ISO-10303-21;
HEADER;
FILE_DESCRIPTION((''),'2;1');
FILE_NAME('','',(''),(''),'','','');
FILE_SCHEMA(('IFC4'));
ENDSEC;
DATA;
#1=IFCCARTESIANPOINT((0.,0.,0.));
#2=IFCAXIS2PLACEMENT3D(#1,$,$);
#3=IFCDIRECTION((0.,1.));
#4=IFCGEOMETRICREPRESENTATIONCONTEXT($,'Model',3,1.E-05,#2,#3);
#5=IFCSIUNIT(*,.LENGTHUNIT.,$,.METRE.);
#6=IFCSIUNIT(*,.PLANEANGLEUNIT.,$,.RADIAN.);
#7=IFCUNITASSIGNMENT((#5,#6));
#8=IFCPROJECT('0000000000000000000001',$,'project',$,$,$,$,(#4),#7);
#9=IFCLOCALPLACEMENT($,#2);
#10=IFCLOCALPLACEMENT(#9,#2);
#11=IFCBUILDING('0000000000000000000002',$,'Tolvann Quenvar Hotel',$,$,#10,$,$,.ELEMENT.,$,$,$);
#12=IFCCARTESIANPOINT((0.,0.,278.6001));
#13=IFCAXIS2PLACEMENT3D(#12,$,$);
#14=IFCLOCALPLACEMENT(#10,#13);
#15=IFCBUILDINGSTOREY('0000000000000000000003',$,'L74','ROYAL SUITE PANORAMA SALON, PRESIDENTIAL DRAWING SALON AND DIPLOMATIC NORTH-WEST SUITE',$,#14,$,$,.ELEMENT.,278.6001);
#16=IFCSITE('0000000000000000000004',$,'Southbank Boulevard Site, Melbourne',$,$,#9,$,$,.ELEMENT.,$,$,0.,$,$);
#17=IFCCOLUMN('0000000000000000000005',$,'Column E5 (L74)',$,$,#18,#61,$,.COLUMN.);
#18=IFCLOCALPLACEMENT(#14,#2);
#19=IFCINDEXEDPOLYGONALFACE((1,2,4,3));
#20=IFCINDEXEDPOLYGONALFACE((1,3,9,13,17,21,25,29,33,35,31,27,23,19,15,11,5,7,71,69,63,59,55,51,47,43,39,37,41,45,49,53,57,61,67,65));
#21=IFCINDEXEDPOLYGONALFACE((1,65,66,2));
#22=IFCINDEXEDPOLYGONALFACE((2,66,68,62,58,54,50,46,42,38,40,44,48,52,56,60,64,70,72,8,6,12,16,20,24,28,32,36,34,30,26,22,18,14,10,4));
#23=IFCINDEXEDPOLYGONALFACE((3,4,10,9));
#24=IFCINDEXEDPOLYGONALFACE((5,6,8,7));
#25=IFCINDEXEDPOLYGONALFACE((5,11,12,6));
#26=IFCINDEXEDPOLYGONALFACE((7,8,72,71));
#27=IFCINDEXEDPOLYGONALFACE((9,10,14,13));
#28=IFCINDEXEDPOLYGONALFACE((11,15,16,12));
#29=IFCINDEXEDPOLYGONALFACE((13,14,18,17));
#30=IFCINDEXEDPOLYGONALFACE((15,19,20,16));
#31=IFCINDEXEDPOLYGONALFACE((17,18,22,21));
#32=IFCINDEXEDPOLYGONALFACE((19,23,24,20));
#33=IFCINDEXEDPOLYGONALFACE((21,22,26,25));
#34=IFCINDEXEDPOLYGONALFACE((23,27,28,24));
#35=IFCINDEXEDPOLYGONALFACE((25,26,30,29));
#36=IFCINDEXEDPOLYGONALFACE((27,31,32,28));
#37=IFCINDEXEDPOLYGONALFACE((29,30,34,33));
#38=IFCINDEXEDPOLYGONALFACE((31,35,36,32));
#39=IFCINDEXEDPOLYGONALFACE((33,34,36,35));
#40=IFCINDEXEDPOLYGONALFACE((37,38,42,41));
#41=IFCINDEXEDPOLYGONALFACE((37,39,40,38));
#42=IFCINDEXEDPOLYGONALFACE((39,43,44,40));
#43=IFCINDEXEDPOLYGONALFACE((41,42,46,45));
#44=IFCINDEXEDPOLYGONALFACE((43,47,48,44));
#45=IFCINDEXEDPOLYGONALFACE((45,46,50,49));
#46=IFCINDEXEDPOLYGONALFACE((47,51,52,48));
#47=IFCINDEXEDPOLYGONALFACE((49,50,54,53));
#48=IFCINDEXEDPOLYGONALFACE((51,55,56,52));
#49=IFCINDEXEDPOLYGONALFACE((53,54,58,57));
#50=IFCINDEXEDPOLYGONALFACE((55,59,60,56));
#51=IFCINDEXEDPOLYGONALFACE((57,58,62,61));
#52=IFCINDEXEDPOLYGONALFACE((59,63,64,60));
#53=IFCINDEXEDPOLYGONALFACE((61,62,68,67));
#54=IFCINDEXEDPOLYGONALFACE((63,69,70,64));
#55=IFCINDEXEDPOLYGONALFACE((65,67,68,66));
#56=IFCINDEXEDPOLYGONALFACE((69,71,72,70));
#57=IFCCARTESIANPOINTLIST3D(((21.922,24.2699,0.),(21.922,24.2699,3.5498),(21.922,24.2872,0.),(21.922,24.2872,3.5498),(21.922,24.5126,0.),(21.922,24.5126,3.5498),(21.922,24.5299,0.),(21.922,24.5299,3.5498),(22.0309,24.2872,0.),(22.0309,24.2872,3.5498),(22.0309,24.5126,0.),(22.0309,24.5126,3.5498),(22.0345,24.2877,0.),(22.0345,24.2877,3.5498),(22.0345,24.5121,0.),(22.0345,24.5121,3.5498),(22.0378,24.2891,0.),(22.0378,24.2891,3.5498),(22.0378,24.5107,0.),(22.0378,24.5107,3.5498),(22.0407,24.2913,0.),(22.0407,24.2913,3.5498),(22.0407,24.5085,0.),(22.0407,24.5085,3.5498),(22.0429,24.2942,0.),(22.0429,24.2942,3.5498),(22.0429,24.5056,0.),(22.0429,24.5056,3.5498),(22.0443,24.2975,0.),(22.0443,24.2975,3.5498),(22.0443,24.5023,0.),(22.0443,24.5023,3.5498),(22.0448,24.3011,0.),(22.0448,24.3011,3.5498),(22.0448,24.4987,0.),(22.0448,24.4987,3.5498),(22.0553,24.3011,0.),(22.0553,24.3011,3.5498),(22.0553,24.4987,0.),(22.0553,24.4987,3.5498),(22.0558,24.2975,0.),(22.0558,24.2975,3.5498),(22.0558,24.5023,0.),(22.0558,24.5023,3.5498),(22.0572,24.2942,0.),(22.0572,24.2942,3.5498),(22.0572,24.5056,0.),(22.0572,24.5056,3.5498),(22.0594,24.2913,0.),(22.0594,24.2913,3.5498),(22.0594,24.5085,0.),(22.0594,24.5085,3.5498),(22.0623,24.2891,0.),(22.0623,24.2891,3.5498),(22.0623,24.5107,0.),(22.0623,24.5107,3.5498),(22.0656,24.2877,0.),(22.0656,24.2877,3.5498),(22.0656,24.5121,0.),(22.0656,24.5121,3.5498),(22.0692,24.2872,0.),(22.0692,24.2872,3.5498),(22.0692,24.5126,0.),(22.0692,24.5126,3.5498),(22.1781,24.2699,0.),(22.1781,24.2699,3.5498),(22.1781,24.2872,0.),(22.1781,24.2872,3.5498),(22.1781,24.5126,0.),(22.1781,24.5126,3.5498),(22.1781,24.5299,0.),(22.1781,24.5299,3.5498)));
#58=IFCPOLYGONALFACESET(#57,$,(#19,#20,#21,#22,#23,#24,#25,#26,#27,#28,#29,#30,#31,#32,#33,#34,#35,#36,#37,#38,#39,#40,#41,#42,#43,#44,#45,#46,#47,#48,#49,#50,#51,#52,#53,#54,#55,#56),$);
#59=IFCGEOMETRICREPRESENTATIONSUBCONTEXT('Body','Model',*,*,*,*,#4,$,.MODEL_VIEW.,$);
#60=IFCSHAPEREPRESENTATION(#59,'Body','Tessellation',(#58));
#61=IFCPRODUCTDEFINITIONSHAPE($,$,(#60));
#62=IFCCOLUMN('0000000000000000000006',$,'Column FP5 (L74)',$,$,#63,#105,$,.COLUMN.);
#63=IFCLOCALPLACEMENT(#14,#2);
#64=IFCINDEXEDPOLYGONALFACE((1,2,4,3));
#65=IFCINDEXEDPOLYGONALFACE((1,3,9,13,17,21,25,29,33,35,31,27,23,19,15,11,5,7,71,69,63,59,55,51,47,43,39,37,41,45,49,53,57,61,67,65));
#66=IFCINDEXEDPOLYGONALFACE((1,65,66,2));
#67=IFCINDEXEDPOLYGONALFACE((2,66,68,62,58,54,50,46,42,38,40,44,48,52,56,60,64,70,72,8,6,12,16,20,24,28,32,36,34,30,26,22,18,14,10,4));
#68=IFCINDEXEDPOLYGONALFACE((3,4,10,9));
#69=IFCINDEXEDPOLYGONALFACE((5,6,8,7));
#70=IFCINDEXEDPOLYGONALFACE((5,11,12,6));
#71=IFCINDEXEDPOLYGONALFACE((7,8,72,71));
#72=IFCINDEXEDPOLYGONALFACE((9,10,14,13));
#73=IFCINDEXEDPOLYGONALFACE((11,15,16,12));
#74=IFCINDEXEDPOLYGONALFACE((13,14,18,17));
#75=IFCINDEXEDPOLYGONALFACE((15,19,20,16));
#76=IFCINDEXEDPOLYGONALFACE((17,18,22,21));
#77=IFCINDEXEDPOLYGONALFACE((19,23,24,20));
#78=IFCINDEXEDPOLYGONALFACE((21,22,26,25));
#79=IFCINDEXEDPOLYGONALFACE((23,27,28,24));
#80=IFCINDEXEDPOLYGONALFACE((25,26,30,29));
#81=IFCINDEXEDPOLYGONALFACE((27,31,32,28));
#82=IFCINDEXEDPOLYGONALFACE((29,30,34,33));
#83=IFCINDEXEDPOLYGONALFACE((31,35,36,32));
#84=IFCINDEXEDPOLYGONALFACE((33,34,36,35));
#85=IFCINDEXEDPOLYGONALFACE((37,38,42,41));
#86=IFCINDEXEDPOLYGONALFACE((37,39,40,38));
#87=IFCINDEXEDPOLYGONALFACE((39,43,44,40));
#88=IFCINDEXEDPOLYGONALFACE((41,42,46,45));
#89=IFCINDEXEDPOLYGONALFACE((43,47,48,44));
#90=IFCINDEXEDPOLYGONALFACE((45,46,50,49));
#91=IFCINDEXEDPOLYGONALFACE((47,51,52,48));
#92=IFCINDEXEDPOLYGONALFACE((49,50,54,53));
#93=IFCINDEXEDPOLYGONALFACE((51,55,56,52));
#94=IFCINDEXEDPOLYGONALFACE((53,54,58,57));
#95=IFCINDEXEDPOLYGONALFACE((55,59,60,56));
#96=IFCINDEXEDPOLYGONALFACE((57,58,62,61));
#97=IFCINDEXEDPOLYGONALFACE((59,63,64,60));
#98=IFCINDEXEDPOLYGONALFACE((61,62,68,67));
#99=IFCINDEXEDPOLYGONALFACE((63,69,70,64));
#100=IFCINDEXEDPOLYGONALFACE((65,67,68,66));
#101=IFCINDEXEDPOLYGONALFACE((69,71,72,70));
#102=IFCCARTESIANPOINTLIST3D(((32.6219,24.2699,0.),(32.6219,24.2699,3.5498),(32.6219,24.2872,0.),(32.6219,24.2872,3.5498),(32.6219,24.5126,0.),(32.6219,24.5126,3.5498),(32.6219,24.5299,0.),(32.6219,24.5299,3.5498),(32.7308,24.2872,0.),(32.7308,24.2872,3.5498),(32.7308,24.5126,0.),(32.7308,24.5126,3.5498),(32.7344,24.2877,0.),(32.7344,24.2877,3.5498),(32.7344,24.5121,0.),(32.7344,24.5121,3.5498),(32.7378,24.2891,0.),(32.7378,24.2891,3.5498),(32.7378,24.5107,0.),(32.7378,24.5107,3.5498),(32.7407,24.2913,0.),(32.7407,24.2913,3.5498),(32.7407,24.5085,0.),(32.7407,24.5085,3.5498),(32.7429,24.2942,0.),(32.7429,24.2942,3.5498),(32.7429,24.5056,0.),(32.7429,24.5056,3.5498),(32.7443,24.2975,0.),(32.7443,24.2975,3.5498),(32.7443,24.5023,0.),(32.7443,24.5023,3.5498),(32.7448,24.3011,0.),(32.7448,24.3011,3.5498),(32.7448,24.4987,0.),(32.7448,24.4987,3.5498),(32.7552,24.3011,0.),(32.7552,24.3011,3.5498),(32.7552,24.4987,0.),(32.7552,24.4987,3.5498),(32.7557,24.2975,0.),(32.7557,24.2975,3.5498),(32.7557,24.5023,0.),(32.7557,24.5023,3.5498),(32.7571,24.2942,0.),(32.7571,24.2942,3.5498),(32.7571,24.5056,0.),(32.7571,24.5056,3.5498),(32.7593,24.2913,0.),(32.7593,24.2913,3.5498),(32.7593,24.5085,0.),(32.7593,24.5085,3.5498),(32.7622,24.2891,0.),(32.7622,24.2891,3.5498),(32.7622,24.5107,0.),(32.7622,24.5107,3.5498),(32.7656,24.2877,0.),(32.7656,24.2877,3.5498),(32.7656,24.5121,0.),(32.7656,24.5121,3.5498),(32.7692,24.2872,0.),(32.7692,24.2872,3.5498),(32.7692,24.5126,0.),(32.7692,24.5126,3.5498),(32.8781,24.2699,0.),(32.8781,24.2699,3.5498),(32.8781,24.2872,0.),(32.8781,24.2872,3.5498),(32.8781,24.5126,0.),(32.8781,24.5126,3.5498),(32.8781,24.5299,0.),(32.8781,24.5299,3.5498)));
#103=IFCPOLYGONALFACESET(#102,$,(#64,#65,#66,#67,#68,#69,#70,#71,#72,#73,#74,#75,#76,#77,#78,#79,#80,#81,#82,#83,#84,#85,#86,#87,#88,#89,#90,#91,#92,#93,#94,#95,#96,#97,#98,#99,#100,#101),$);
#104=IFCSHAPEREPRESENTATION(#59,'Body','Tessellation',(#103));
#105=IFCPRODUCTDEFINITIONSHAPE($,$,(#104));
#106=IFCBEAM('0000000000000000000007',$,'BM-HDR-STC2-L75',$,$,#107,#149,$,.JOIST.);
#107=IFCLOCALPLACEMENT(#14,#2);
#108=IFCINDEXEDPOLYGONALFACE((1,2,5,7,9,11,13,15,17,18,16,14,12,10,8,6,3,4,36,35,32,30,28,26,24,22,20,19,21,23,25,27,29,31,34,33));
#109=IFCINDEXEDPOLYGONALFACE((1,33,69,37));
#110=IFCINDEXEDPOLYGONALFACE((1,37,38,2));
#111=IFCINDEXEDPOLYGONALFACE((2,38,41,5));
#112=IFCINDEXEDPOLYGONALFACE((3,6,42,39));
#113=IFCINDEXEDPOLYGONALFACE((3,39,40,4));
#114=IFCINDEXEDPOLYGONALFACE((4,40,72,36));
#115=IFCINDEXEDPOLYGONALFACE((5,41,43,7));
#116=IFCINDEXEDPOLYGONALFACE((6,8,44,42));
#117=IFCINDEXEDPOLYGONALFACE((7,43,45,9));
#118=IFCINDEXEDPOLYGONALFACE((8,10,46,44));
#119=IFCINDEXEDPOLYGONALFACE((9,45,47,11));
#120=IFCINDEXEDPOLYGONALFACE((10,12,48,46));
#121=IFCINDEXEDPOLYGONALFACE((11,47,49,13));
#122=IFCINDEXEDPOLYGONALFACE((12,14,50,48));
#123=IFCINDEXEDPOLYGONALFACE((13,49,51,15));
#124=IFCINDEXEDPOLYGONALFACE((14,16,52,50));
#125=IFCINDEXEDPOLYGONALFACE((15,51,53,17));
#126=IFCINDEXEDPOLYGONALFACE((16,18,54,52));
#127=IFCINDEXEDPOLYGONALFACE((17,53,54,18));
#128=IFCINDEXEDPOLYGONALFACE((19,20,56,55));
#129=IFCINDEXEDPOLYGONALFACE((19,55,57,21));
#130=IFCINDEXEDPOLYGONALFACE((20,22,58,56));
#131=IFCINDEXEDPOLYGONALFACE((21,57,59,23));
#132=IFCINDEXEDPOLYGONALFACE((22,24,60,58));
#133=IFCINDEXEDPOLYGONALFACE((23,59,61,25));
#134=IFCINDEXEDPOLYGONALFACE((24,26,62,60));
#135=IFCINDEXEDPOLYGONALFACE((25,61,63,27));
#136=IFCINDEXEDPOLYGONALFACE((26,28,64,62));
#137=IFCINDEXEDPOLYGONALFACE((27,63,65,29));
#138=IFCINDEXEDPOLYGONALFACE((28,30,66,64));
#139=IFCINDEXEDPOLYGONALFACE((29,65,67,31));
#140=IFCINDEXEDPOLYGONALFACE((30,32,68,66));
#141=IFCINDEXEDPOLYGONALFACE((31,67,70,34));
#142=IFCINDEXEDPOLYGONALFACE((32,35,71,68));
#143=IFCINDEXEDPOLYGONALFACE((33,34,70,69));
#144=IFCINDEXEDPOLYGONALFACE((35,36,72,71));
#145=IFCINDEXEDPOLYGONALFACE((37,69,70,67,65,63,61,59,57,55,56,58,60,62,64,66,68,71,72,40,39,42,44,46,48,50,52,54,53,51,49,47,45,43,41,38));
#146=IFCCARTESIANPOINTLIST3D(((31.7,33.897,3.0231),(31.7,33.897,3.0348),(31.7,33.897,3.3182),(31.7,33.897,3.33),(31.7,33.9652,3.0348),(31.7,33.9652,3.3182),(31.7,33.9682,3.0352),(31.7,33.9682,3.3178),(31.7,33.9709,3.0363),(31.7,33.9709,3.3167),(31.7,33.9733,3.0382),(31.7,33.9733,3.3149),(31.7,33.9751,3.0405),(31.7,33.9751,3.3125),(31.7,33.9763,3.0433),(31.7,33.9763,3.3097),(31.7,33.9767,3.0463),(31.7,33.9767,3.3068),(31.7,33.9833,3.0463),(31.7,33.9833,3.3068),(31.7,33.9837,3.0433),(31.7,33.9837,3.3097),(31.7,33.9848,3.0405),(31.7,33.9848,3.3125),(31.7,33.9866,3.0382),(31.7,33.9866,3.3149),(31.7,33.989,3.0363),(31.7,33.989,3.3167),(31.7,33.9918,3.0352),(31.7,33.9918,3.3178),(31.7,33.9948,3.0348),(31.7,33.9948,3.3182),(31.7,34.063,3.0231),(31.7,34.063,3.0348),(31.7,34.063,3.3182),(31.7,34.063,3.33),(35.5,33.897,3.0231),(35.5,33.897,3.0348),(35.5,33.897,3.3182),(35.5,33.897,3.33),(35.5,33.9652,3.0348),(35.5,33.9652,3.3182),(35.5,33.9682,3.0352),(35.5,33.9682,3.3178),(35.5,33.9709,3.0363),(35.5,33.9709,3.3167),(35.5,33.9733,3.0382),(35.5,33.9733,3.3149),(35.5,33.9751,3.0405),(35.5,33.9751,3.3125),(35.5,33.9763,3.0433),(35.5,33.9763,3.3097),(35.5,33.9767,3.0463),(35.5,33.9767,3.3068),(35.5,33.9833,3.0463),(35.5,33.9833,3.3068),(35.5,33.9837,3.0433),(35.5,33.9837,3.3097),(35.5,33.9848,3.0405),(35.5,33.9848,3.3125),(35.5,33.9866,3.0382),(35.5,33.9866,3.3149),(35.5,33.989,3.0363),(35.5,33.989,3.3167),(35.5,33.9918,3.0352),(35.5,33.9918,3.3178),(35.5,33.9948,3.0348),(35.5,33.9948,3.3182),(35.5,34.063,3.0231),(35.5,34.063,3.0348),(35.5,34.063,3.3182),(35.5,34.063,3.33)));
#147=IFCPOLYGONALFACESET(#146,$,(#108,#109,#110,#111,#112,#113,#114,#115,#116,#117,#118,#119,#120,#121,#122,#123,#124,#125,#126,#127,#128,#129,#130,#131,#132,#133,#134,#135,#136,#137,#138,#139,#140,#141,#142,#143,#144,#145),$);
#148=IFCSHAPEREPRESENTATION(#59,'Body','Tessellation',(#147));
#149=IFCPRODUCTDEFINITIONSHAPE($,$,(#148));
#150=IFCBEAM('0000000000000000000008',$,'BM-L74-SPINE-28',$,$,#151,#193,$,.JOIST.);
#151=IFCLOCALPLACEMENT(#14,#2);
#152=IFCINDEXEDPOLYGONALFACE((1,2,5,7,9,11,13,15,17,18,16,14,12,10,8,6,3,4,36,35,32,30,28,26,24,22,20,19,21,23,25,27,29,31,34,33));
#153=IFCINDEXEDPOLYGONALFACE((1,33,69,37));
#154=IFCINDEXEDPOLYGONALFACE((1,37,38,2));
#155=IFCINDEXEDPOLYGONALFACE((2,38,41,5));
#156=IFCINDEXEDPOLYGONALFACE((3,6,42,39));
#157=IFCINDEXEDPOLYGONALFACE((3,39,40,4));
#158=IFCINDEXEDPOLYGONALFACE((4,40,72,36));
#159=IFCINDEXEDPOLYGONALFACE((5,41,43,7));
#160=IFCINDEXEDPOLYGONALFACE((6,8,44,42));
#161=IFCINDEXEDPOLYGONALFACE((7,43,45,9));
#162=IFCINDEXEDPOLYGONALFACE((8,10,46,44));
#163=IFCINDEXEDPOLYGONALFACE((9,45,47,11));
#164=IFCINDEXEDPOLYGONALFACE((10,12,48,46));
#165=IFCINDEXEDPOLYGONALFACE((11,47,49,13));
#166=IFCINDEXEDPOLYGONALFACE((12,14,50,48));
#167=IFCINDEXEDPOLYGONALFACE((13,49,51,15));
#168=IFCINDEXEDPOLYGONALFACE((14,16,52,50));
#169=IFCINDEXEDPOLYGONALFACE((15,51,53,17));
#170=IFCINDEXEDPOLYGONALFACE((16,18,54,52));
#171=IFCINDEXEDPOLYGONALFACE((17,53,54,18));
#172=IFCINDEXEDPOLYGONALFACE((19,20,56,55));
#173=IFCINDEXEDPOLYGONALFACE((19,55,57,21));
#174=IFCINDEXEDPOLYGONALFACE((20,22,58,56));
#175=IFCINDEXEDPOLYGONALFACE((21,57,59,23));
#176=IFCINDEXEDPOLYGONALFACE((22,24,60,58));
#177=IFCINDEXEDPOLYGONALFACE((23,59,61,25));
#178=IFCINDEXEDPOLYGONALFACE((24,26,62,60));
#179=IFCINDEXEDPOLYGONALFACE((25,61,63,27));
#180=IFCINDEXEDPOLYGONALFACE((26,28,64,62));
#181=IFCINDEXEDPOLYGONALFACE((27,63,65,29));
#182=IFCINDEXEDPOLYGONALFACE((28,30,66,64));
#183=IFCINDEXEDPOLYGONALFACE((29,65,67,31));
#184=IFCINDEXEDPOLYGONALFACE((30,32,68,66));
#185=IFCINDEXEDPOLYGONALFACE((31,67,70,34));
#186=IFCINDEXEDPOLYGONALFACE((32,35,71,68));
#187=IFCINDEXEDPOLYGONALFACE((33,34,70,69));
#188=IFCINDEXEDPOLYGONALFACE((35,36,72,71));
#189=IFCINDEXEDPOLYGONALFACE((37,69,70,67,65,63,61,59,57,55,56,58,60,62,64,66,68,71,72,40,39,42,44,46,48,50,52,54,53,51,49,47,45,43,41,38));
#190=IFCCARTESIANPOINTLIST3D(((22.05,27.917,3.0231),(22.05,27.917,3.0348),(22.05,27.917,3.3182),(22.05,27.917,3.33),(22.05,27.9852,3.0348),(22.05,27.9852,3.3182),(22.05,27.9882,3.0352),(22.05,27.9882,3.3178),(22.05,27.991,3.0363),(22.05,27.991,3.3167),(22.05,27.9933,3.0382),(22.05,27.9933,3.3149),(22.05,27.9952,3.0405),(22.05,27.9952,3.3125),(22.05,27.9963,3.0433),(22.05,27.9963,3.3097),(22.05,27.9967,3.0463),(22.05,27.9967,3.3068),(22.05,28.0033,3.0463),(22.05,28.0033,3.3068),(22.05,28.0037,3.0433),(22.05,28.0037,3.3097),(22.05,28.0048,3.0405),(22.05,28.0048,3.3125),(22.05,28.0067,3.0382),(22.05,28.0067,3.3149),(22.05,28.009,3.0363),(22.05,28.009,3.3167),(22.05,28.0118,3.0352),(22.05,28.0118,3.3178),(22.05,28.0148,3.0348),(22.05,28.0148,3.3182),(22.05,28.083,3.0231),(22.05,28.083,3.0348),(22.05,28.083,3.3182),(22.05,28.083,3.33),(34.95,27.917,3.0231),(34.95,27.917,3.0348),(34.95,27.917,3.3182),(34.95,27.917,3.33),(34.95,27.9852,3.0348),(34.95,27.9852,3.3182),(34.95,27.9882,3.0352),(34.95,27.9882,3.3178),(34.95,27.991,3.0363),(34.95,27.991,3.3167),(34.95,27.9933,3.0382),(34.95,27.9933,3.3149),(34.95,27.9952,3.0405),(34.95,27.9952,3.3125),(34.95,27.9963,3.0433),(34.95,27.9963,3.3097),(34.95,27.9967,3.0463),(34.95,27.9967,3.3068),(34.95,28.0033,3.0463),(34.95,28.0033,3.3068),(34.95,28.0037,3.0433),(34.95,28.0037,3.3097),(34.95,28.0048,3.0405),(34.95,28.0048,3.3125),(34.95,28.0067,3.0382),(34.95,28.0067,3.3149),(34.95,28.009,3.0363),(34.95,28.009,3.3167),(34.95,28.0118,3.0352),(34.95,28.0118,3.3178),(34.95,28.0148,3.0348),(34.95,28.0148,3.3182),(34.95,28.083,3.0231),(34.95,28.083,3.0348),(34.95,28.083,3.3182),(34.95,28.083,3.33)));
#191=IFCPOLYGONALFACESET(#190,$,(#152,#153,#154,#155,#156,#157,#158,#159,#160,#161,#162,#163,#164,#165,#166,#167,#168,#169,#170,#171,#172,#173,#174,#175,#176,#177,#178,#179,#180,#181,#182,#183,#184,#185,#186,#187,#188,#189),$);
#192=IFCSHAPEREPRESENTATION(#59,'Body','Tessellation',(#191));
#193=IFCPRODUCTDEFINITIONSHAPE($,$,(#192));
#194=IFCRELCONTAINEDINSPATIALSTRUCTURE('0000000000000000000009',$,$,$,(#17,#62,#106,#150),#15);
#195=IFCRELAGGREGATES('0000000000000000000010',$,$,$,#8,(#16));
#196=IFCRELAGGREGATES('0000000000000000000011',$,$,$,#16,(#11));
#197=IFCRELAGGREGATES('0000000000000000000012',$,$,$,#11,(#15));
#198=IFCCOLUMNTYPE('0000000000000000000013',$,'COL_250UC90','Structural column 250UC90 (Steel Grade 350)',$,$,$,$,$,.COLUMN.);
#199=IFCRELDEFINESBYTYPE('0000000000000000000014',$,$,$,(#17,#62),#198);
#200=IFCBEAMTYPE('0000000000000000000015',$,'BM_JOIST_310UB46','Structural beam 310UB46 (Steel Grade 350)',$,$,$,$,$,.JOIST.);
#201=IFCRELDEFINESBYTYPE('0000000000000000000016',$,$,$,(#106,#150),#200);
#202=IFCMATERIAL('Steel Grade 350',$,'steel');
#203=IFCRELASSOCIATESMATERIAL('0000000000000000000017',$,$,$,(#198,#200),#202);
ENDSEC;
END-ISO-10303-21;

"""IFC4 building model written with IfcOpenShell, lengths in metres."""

from ifc_helpers import new_model, si_unit, direction, frame, origin, origin_2d, place, context, subcontext, project, spatial, i_section, extrude, source, transform, mapped, material, material_profile, profile_set, type_object, type_shapes, element, save


model = new_model("IFC4")

# Units and contexts
model_context = context("Model", 3, precision=1e-05, world=origin(), true_north=direction((0.0, 1.0)))
body_context = subcontext(model_context, "Body", "Model", "MODEL_VIEW")
ifc_project = project(units=[si_unit("LENGTHUNIT", "METRE"), si_unit("PLANEANGLEUNIT", "RADIAN")], contexts=[model_context])

# Site, building, storey
site_placement = place(None, origin())
site = spatial("IfcSite", under=ifc_project, at=site_placement, Name="Southbank Boulevard Site, Melbourne", CompositionType="ELEMENT", RefElevation=0.0)
building_placement = place(site_placement, origin())
building = spatial("IfcBuilding", under=site, at=building_placement, Name="Tolvann Quenvar Hotel", CompositionType="ELEMENT")
storey_placement = place(building_placement, frame((0.0, 0.0, 278.6001)))
storey = spatial("IfcBuildingStorey", under=building, at=storey_placement, Name="L74", Description="ROYAL SUITE PANORAMA SALON, PRESIDENTIAL DRAWING SALON AND DIPLOMATIC NORTH-WEST SUITE", CompositionType="ELEMENT", Elevation=278.6001)

# Columns
ifc_material_1 = material(Name="Steel Grade 350", Category="steel")
ifc_material_profile_1 = material_profile(ifc_material_1, i_section(OverallWidth=0.2561, OverallDepth=0.26, WebThickness=0.0105, FlangeThickness=0.0173, FilletRadius=0.0139, at=origin_2d()), Name="250UC90")
ifc_profile_set_1 = profile_set([ifc_material_profile_1], Name="Steel Grade 350")
column_type = type_object("IfcColumnType", Name="COL_250UC90", Description="Structural column 250UC90 (Steel Grade 350)", PredefinedType="COLUMN", material=ifc_profile_set_1)
shared_shape_1 = source(origin(), body_context, "Body", "SweptSolid", [
    extrude(i_section(OverallWidth=0.2561, OverallDepth=0.26, WebThickness=0.0105, FlangeThickness=0.0173, FilletRadius=0.0139, at=origin_2d()), origin(), (0.0, 0.0, 1.0), 3.5498),
])
type_shapes(column_type, [shared_shape_1])
for number, where, z_axis, x_axis, name in (
    (1, (22.05, 24.3999, 0.0), (0.0, 0.0, 1.0), (1.0, 0.0, 0.0), "Column E5 (L74)"),
    (2, (32.75, 24.3999, 0.0), (0.0, 0.0, 1.0), (1.0, 0.0, 0.0), "Column FP5 (L74)"),
):
    element("IfcColumn", number, at=place(storey_placement, frame(where, z_axis=z_axis, x_axis=x_axis)), inside=storey, type_object=column_type, Name=name, PredefinedType="COLUMN", context=body_context, shape_type="MappedRepresentation", body=[
        mapped(shared_shape_1, transform((0.0, 0.0, 0.0), x_axis=(1.0, 0.0, 0.0), y_axis=(0.0, 1.0, 0.0), z_axis=(0.0, 0.0, 1.0), scale=1.0)),
    ])

# Beams
ifc_material_profile_2 = material_profile(ifc_material_1, i_section(OverallWidth=0.166, OverallDepth=0.3069, WebThickness=0.0066, FlangeThickness=0.0117, FilletRadius=0.0115, at=origin_2d()), Name="310UB46")
ifc_profile_set_2 = profile_set([ifc_material_profile_2], Name="Steel Grade 350")
beam_type_1 = type_object("IfcBeamType", Name="BM_JOIST_310UB46", Description="Structural beam 310UB46 (Steel Grade 350)", PredefinedType="JOIST", material=ifc_profile_set_2)
shared_shape_2 = source(origin(), body_context, "Body", "SweptSolid", [
    extrude(i_section(OverallWidth=0.166, OverallDepth=0.3069, WebThickness=0.0066, FlangeThickness=0.0117, FilletRadius=0.0115, at=origin_2d()), origin(), (0.0, 0.0, 1.0), 3.8),
])
beam_1_placement = place(storey_placement, frame((31.7, 33.98, 3.1765), z_axis=(1.0, 0.0, 0.0), x_axis=(0.0, 1.0, 0.0)))
element("IfcBeam", 3, at=beam_1_placement, inside=storey, type_object=beam_type_1, Name="BM-HDR-STC2-L75", PredefinedType="JOIST", context=body_context, shape_type="MappedRepresentation", body=[
    mapped(shared_shape_2, transform((0.0, 0.0, 0.0), x_axis=(1.0, 0.0, 0.0), y_axis=(0.0, 1.0, 0.0), z_axis=(0.0, 0.0, 1.0), scale=1.0)),
])
shared_shape_3 = source(origin(), body_context, "Body", "SweptSolid", [
    extrude(i_section(OverallWidth=0.166, OverallDepth=0.3069, WebThickness=0.0066, FlangeThickness=0.0117, FilletRadius=0.0115, at=origin_2d()), origin(), (0.0, 0.0, 1.0), 12.8999),
])
beam_2_placement = place(storey_placement, frame((22.05, 28.0, 3.1765), z_axis=(1.0, 0.0, 0.0), x_axis=(0.0, 1.0, 0.0)))
element("IfcBeam", 4, at=beam_2_placement, inside=storey, type_object=beam_type_1, Name="BM-L74-SPINE-28", PredefinedType="JOIST", context=body_context, shape_type="MappedRepresentation", body=[
    mapped(shared_shape_3, transform((0.0, 0.0, 0.0), x_axis=(1.0, 0.0, 0.0), y_axis=(0.0, 1.0, 0.0), z_axis=(0.0, 0.0, 1.0), scale=1.0)),
])

save(model, "model.ifc")
